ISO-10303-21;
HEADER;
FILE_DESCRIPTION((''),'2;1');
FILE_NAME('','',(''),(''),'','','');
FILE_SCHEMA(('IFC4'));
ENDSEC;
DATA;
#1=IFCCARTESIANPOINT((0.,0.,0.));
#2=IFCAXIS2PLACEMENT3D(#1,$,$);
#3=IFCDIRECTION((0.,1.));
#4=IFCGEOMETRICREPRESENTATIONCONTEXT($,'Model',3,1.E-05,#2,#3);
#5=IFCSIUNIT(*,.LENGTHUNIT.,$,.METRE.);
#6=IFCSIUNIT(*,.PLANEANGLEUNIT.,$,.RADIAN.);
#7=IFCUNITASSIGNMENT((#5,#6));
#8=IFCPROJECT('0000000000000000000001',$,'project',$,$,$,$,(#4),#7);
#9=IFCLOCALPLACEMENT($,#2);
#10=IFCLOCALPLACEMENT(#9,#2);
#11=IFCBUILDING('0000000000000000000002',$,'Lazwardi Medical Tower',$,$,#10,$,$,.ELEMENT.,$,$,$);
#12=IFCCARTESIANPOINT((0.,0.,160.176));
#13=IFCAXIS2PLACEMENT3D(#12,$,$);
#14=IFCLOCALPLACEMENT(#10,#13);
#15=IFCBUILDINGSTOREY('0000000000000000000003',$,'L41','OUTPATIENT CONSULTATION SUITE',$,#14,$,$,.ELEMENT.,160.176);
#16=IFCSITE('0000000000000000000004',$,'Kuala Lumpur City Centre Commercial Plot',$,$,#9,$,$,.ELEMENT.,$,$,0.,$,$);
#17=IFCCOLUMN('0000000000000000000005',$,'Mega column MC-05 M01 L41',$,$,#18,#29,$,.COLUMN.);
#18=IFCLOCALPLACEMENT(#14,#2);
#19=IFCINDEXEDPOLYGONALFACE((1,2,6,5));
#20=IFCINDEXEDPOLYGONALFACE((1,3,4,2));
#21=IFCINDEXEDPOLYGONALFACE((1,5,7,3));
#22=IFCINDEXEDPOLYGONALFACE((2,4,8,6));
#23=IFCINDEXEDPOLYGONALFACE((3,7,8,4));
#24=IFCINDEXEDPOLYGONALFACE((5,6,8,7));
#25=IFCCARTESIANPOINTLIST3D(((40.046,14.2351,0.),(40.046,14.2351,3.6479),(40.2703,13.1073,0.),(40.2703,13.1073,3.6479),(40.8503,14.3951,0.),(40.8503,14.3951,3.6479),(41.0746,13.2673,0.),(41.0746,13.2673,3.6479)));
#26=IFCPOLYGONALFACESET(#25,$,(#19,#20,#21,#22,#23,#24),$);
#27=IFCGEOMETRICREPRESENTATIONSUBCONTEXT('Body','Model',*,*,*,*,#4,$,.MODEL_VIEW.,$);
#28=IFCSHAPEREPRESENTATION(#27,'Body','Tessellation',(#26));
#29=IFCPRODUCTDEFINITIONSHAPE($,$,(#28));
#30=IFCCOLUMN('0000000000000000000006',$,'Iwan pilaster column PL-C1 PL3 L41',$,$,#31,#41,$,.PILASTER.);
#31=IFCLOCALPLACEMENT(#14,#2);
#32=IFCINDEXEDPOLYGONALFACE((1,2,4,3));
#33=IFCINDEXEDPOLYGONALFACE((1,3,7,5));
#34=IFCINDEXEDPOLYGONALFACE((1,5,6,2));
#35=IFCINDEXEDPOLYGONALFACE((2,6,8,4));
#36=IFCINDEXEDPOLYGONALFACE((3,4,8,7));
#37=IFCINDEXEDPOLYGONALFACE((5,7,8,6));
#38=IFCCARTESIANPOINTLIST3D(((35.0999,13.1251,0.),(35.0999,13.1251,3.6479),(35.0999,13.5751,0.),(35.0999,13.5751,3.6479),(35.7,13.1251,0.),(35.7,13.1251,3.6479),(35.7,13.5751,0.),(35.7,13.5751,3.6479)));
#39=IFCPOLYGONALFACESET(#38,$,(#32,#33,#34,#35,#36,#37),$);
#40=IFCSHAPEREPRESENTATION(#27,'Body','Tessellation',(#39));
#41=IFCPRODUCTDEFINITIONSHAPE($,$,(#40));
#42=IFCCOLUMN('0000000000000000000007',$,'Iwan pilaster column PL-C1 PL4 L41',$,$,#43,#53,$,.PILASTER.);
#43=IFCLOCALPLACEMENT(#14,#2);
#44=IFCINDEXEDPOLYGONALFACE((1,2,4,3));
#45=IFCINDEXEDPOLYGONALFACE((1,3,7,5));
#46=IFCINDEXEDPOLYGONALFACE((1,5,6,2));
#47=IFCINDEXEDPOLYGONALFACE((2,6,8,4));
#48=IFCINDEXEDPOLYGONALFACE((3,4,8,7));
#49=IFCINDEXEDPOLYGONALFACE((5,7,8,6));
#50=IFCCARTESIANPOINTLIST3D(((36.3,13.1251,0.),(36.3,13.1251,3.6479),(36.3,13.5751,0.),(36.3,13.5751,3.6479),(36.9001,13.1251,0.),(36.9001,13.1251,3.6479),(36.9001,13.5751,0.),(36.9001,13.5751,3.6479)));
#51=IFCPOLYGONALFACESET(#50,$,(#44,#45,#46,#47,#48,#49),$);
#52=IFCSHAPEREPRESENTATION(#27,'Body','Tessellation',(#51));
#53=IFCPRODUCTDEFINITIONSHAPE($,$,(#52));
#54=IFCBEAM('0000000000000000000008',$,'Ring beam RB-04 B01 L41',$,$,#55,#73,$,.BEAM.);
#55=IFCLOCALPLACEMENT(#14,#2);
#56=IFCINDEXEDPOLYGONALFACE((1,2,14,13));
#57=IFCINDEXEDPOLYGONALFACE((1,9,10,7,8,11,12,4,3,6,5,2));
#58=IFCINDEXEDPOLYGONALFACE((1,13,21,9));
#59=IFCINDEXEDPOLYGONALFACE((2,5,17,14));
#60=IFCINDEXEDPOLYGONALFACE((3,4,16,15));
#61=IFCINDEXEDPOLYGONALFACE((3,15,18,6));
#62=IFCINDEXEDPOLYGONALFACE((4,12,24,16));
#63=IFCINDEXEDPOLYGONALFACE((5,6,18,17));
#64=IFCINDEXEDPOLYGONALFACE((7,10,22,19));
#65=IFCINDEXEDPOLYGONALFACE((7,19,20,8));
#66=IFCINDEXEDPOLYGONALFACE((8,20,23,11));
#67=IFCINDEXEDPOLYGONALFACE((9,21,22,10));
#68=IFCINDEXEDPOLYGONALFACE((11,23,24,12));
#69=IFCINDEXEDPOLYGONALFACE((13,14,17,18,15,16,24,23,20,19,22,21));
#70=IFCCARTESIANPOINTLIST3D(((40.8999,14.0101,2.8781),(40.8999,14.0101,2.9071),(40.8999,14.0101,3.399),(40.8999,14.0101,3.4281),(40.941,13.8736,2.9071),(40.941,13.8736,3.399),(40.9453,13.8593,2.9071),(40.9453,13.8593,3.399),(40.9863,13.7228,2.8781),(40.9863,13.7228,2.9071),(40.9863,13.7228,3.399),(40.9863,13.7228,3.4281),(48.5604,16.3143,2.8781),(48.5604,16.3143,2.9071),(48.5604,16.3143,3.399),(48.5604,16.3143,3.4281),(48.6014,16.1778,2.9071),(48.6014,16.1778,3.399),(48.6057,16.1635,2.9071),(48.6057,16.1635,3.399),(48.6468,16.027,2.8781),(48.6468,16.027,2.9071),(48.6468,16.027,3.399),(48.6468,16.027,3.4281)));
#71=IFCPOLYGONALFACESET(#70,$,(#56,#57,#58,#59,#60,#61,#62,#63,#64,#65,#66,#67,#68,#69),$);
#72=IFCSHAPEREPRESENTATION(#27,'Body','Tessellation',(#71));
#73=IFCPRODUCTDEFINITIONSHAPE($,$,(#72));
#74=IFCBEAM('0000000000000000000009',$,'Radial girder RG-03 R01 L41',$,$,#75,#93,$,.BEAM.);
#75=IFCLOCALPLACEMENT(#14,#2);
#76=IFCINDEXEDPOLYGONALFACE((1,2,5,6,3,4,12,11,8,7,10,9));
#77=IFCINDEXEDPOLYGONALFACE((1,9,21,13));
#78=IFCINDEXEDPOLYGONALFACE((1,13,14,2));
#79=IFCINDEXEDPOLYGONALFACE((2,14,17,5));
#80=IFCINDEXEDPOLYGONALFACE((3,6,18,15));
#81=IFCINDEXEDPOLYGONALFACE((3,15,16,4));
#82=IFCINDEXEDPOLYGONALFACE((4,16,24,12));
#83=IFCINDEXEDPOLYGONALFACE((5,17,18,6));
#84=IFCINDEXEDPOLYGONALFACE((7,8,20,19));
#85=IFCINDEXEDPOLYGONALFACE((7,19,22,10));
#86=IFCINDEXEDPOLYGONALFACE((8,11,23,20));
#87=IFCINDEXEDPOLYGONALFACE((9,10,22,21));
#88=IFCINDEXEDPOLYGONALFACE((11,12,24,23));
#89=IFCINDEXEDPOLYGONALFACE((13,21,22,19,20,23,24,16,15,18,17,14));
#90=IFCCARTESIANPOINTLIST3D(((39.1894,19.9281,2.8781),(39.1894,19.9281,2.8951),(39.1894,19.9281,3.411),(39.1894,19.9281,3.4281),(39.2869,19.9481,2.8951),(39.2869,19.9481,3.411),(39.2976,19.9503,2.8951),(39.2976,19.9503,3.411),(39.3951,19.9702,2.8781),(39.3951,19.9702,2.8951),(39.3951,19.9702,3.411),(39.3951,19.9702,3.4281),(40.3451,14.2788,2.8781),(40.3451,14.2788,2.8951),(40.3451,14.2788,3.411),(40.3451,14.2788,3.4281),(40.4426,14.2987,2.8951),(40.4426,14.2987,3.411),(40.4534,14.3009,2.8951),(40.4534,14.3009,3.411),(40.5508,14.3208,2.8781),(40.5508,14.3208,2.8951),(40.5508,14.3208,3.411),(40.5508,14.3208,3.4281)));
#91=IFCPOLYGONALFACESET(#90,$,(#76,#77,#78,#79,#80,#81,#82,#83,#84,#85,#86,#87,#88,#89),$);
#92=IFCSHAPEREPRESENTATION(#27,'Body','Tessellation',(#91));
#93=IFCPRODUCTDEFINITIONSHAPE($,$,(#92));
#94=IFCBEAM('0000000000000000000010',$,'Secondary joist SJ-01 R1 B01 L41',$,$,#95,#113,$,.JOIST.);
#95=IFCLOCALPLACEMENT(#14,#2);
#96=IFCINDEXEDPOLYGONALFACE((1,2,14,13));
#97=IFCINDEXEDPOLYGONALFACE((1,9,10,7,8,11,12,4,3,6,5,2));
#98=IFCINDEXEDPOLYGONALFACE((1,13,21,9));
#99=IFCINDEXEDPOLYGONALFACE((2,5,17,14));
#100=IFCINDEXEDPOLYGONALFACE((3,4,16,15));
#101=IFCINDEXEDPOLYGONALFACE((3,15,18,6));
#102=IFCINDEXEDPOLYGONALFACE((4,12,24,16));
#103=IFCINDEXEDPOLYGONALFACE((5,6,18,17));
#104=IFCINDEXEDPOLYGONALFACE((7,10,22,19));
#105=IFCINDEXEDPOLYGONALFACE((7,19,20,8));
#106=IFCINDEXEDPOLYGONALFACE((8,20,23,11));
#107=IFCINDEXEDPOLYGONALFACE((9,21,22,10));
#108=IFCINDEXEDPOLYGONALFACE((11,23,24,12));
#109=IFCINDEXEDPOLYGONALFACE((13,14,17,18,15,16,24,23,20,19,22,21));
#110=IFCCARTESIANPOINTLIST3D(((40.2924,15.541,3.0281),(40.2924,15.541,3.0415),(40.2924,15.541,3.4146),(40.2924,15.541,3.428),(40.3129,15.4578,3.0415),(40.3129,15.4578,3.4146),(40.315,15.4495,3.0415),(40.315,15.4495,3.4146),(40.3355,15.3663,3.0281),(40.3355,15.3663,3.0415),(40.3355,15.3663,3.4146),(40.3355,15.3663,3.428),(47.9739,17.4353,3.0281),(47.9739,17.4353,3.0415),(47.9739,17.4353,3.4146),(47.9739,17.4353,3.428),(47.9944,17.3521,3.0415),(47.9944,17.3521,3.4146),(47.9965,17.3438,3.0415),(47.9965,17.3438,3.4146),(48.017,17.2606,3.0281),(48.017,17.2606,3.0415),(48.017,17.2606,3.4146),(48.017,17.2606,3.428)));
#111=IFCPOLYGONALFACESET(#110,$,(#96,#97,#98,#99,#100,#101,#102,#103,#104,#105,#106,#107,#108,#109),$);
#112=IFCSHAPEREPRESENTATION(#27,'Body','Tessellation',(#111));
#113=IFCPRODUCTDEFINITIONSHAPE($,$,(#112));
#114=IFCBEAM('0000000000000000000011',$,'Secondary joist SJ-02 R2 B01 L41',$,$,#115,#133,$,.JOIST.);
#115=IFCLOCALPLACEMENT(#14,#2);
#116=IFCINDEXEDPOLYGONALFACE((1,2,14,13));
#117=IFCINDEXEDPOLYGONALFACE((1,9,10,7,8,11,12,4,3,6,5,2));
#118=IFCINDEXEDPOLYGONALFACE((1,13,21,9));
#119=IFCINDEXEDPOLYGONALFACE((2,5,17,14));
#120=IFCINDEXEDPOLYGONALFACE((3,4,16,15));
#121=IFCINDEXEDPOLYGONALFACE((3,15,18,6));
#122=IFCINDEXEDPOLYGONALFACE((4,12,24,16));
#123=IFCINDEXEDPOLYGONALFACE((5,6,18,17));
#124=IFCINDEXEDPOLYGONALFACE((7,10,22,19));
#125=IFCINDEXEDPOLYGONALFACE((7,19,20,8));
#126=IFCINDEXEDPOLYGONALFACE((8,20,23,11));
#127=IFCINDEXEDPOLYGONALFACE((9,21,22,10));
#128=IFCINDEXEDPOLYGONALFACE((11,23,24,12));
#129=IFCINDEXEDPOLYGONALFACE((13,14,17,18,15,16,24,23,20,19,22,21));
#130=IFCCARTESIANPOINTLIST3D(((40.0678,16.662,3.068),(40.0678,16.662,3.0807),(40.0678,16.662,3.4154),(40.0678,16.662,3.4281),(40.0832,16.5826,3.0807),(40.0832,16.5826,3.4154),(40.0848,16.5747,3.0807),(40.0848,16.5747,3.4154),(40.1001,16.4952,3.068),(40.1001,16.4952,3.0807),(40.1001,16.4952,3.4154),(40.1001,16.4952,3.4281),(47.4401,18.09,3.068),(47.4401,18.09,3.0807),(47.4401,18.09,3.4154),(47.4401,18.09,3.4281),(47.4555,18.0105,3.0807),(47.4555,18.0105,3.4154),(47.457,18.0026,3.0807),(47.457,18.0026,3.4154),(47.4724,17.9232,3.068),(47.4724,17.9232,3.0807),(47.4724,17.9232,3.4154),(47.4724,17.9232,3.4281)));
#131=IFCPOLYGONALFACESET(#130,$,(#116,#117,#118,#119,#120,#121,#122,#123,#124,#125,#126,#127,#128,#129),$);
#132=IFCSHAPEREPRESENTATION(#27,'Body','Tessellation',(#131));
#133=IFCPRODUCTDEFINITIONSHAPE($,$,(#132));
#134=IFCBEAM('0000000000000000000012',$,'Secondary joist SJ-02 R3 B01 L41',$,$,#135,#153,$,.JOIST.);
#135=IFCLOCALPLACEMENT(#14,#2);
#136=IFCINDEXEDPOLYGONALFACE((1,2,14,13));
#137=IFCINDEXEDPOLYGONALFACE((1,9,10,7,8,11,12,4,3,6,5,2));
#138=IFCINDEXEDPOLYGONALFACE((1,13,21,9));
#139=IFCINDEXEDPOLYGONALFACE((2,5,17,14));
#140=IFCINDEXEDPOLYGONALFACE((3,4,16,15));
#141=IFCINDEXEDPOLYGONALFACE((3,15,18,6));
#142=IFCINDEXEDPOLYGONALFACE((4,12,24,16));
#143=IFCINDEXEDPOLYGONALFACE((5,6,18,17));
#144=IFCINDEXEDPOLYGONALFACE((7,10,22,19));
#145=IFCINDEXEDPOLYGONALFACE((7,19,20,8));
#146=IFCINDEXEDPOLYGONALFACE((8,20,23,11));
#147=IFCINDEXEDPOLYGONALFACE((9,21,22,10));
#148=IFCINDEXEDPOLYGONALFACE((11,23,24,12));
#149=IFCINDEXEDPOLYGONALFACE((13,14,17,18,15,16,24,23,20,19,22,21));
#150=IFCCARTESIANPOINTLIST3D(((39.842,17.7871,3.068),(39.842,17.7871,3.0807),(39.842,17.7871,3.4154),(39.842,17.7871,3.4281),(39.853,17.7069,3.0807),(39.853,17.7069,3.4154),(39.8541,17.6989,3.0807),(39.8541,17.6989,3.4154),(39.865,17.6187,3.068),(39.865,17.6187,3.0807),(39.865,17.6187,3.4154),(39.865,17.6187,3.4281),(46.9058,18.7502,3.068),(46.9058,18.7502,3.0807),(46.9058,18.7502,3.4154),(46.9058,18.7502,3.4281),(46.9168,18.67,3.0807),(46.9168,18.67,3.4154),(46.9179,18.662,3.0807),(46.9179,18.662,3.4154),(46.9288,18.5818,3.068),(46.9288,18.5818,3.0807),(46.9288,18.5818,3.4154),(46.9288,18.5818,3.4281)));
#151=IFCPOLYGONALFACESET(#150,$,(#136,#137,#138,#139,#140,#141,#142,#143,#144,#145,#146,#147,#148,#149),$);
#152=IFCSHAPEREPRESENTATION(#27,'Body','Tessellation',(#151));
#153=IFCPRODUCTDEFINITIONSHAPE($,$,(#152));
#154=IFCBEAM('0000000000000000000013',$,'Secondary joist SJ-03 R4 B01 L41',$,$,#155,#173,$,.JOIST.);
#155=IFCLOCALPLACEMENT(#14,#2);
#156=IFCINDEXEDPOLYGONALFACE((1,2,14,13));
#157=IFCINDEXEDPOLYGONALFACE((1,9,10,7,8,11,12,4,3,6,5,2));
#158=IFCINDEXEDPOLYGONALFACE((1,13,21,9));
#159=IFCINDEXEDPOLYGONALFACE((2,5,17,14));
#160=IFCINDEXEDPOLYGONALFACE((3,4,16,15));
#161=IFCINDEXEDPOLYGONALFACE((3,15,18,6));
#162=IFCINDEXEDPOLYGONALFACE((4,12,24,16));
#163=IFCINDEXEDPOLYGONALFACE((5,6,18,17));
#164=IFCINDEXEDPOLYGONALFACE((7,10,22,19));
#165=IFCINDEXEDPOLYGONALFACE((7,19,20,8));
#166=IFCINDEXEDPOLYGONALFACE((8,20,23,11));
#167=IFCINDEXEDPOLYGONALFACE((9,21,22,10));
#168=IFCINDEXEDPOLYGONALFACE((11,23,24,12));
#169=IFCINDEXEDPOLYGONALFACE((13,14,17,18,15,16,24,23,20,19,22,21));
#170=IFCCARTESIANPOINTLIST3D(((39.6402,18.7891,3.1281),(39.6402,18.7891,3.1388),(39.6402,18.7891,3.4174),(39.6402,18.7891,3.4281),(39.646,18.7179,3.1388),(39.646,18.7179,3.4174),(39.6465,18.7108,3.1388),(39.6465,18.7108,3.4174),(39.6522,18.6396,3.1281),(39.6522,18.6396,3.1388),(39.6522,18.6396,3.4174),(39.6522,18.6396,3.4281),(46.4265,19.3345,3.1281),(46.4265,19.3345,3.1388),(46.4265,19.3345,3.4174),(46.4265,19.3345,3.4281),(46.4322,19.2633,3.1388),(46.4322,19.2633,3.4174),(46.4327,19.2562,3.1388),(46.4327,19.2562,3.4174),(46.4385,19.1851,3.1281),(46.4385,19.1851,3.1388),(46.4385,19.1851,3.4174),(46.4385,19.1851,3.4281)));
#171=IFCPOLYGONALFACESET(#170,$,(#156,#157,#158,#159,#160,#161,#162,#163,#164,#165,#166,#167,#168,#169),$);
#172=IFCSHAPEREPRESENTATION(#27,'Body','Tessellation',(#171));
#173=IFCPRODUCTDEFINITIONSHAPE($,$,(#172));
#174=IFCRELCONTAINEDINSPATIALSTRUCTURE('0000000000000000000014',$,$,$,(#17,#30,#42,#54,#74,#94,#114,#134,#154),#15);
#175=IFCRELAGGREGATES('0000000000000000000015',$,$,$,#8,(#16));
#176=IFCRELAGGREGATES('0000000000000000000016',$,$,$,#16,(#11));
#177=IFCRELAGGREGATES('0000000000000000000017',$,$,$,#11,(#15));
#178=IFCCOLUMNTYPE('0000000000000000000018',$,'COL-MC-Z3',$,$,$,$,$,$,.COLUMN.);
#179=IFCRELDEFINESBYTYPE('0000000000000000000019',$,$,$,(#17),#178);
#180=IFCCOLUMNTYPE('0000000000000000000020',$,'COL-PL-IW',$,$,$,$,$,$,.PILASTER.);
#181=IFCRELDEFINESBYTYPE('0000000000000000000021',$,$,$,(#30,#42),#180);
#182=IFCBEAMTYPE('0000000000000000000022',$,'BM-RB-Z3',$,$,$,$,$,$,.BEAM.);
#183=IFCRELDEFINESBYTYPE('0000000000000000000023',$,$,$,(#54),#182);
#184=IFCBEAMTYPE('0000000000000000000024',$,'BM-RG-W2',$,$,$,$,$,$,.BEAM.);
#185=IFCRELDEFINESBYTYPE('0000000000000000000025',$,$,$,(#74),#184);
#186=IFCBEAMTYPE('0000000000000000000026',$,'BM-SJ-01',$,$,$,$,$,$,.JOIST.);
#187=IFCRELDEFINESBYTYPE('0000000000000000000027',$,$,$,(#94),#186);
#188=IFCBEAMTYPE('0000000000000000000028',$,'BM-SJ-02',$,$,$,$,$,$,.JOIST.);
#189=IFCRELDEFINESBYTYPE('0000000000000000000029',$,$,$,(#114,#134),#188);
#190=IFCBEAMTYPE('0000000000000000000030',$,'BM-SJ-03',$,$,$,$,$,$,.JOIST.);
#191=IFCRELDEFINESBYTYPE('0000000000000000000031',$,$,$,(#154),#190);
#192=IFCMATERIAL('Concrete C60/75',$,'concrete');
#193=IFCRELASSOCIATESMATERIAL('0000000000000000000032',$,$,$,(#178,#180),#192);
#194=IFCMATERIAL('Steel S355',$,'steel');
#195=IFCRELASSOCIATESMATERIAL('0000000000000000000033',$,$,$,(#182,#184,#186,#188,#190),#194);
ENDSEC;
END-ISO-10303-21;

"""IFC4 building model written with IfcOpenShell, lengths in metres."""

from ifc_helpers import new_model, si_unit, direction, frame, origin, origin_2d, place, context, subcontext, project, spatial, rectangle, i_section, extrude, material, material_profile, profile_set, type_object, element, save


model = new_model("IFC4")

# Units and contexts
model_context = context("Model", 3, precision=1e-05, world=origin(), true_north=direction((0.0, 1.0)))
body_context = subcontext(model_context, "Body", "Model", "MODEL_VIEW")
ifc_project = project(units=[si_unit("LENGTHUNIT", "METRE"), si_unit("PLANEANGLEUNIT", "RADIAN")], contexts=[model_context])

# Site, building, storey
site_placement = place(None, origin())
site = spatial("IfcSite", under=ifc_project, at=site_placement, Name="Kuala Lumpur City Centre Commercial Plot", CompositionType="ELEMENT", RefElevation=0.0)
building_placement = place(site_placement, origin())
building = spatial("IfcBuilding", under=site, at=building_placement, Name="Lazwardi Medical Tower", CompositionType="ELEMENT")
storey_placement = place(building_placement, frame((0.0, 0.0, 160.176)))
storey = spatial("IfcBuildingStorey", under=building, at=storey_placement, Name="L41", Description="OUTPATIENT CONSULTATION SUITE", CompositionType="ELEMENT", Elevation=160.176)

# Columns
ifc_material_1 = material(Name="Concrete C60/75", Category="concrete")
ifc_material_profile_1 = material_profile(ifc_material_1, rectangle(XDim=1.1499, YDim=0.8201, at=origin_2d()), Name="CFT-RECT 1150x820")
ifc_profile_set_1 = profile_set([ifc_material_profile_1], Name="Concrete C60/75")
column_type_1 = type_object("IfcColumnType", Name="COL-MC-Z3", PredefinedType="COLUMN", material=ifc_profile_set_1)
column_placement = place(storey_placement, frame((40.5603, 13.7512, 0.0), z_axis=(0.0, 0.0, 1.0), x_axis=(0.19509, -0.980785, 0.0)))
element("IfcColumn", 1, at=column_placement, inside=storey, type_object=column_type_1, Name="Mega column MC-05 M01 L41", PredefinedType="COLUMN", context=body_context, shape_type="SweptSolid", body=[
    extrude(rectangle(XDim=1.1499, YDim=0.8201, at=origin_2d()), origin(), (0.0, 0.0, 1.0), 3.6479),
])
ifc_material_profile_2 = material_profile(ifc_material_1, rectangle(XDim=0.6001, YDim=0.45, at=origin_2d()), Name="RC 600x450")
ifc_profile_set_2 = profile_set([ifc_material_profile_2], Name="Concrete C60/75")
column_type_2 = type_object("IfcColumnType", Name="COL-PL-IW", PredefinedType="PILASTER", material=ifc_profile_set_2)
for number, where, z_axis, x_axis, name in (
    (2, (35.3999, 13.3501, 0.0), (0.0, 0.0, 1.0), (1.0, 0.0, 0.0), "Iwan pilaster column PL-C1 PL3 L41"),
    (3, (36.6001, 13.3501, 0.0), (0.0, 0.0, 1.0), (1.0, 0.0, 0.0), "Iwan pilaster column PL-C1 PL4 L41"),
):
    element("IfcColumn", number, at=place(storey_placement, frame(where, z_axis=z_axis, x_axis=x_axis)), inside=storey, type_object=column_type_2, Name=name, PredefinedType="PILASTER", context=body_context, shape_type="SweptSolid", body=[
        extrude(rectangle(XDim=0.6001, YDim=0.45, at=origin_2d()), origin(), (0.0, 0.0, 1.0), 3.6479),
    ])

# Beams
ifc_material_2 = material(Name="Steel S355", Category="steel")
ifc_material_profile_3 = material_profile(ifc_material_2, i_section(OverallWidth=0.3, OverallDepth=0.55, WebThickness=0.0149, FlangeThickness=0.0291, at=origin_2d()), Name="HEB 550")
ifc_profile_set_3 = profile_set([ifc_material_profile_3], Name="Steel S355")
beam_type_1 = type_object("IfcBeamType", Name="BM-RB-Z3", PredefinedType="BEAM", material=ifc_profile_set_3)
beam_1_placement = place(storey_placement, frame((40.9431, 13.8665, 3.1531), z_axis=(0.957617, 0.288045, 0.0), x_axis=(-0.288045, 0.957617, 0.0)))
element("IfcBeam", 4, at=beam_1_placement, inside=storey, type_object=beam_type_1, Name="Ring beam RB-04 B01 L41", PredefinedType="BEAM", context=body_context, shape_type="SweptSolid", body=[
    extrude(i_section(OverallWidth=0.3, OverallDepth=0.55, WebThickness=0.0149, FlangeThickness=0.0291, at=origin_2d()), origin(), (0.0, 0.0, 1.0), 7.9995),
])
ifc_material_profile_4 = material_profile(ifc_material_2, i_section(OverallWidth=0.21, OverallDepth=0.55, WebThickness=0.011, FlangeThickness=0.0171, at=origin_2d()), Name="IPE 550")
ifc_profile_set_4 = profile_set([ifc_material_profile_4], Name="Steel S355")
beam_type_2 = type_object("IfcBeamType", Name="BM-RG-W2", PredefinedType="BEAM", material=ifc_profile_set_4)
beam_2_placement = place(storey_placement, frame((40.448, 14.2998, 3.1531), z_axis=(-0.200429, 0.979708, 0.0), x_axis=(-0.979708, -0.200429, 0.0)))
element("IfcBeam", 5, at=beam_2_placement, inside=storey, type_object=beam_type_2, Name="Radial girder RG-03 R01 L41", PredefinedType="BEAM", context=body_context, shape_type="SweptSolid", body=[
    extrude(i_section(OverallWidth=0.21, OverallDepth=0.55, WebThickness=0.011, FlangeThickness=0.0171, at=origin_2d()), origin(), (0.0, 0.0, 1.0), 5.7664),
])
ifc_material_profile_5 = material_profile(ifc_material_2, i_section(OverallWidth=0.1799, OverallDepth=0.3999, WebThickness=0.0085, FlangeThickness=0.0134, at=origin_2d()), Name="IPE 400")
ifc_profile_set_5 = profile_set([ifc_material_profile_5], Name="Steel S355")
beam_type_3 = type_object("IfcBeamType", Name="BM-SJ-01", PredefinedType="JOIST", material=ifc_profile_set_5)
beam_3_placement = place(storey_placement, frame((40.314, 15.4536, 3.228), z_axis=(0.970913, 0.239434, 0.0), x_axis=(-0.239434, 0.970913, 0.0)))
element("IfcBeam", 6, at=beam_3_placement, inside=storey, type_object=beam_type_3, Name="Secondary joist SJ-01 R1 B01 L41", PredefinedType="JOIST", context=body_context, shape_type="SweptSolid", body=[
    extrude(i_section(OverallWidth=0.1799, OverallDepth=0.3999, WebThickness=0.0085, FlangeThickness=0.0134, at=origin_2d()), origin(), (0.0, 0.0, 1.0), 7.9116),
])
ifc_material_profile_6 = material_profile(ifc_material_2, i_section(OverallWidth=0.1699, OverallDepth=0.3601, WebThickness=0.0081, FlangeThickness=0.0127, at=origin_2d()), Name="IPE 360")
ifc_profile_set_6 = profile_set([ifc_material_profile_6], Name="Steel S355")
beam_type_4 = type_object("IfcBeamType", Name="BM-SJ-02", PredefinedType="JOIST", material=ifc_profile_set_6)
beam_4_placement = place(storey_placement, frame((40.084, 16.5786, 3.248), z_axis=(0.981753, 0.19016, 0.0), x_axis=(-0.19016, 0.981753, 0.0)))
element("IfcBeam", 7, at=beam_4_placement, inside=storey, type_object=beam_type_4, Name="Secondary joist SJ-02 R2 B01 L41", PredefinedType="JOIST", context=body_context, shape_type="SweptSolid", body=[
    extrude(i_section(OverallWidth=0.1699, OverallDepth=0.3601, WebThickness=0.0081, FlangeThickness=0.0127, at=origin_2d()), origin(), (0.0, 0.0, 1.0), 7.5093),
])
beam_5_placement = place(storey_placement, frame((39.8535, 17.7029, 3.248), z_axis=(0.990832, 0.135099, 0.0), x_axis=(-0.135099, 0.990832, 0.0)))
element("IfcBeam", 8, at=beam_5_placement, inside=storey, type_object=beam_type_4, Name="Secondary joist SJ-02 R3 B01 L41", PredefinedType="JOIST", context=body_context, shape_type="SweptSolid", body=[
    extrude(i_section(OverallWidth=0.1699, OverallDepth=0.3601, WebThickness=0.0081, FlangeThickness=0.0127, at=origin_2d()), origin(), (0.0, 0.0, 1.0), 7.1292),
])
ifc_material_profile_7 = material_profile(ifc_material_2, i_section(OverallWidth=0.1499, OverallDepth=0.3, WebThickness=0.0071, FlangeThickness=0.0107, at=origin_2d()), Name="IPE 300")
ifc_profile_set_7 = profile_set([ifc_material_profile_7], Name="Steel S355")
beam_type_5 = type_object("IfcBeamType", Name="BM-SJ-03", PredefinedType="JOIST", material=ifc_profile_set_7)
beam_6_placement = place(storey_placement, frame((39.6462, 18.7144, 3.2781), z_axis=(0.996786, 0.080113, 0.0), x_axis=(-0.080113, 0.996786, 0.0)))
element("IfcBeam", 9, at=beam_6_placement, inside=storey, type_object=beam_type_5, Name="Secondary joist SJ-03 R4 B01 L41", PredefinedType="JOIST", context=body_context, shape_type="SweptSolid", body=[
    extrude(i_section(OverallWidth=0.1499, OverallDepth=0.3, WebThickness=0.0071, FlangeThickness=0.0107, at=origin_2d()), origin(), (0.0, 0.0, 1.0), 6.8081),
])

save(model, "model.ifc")
